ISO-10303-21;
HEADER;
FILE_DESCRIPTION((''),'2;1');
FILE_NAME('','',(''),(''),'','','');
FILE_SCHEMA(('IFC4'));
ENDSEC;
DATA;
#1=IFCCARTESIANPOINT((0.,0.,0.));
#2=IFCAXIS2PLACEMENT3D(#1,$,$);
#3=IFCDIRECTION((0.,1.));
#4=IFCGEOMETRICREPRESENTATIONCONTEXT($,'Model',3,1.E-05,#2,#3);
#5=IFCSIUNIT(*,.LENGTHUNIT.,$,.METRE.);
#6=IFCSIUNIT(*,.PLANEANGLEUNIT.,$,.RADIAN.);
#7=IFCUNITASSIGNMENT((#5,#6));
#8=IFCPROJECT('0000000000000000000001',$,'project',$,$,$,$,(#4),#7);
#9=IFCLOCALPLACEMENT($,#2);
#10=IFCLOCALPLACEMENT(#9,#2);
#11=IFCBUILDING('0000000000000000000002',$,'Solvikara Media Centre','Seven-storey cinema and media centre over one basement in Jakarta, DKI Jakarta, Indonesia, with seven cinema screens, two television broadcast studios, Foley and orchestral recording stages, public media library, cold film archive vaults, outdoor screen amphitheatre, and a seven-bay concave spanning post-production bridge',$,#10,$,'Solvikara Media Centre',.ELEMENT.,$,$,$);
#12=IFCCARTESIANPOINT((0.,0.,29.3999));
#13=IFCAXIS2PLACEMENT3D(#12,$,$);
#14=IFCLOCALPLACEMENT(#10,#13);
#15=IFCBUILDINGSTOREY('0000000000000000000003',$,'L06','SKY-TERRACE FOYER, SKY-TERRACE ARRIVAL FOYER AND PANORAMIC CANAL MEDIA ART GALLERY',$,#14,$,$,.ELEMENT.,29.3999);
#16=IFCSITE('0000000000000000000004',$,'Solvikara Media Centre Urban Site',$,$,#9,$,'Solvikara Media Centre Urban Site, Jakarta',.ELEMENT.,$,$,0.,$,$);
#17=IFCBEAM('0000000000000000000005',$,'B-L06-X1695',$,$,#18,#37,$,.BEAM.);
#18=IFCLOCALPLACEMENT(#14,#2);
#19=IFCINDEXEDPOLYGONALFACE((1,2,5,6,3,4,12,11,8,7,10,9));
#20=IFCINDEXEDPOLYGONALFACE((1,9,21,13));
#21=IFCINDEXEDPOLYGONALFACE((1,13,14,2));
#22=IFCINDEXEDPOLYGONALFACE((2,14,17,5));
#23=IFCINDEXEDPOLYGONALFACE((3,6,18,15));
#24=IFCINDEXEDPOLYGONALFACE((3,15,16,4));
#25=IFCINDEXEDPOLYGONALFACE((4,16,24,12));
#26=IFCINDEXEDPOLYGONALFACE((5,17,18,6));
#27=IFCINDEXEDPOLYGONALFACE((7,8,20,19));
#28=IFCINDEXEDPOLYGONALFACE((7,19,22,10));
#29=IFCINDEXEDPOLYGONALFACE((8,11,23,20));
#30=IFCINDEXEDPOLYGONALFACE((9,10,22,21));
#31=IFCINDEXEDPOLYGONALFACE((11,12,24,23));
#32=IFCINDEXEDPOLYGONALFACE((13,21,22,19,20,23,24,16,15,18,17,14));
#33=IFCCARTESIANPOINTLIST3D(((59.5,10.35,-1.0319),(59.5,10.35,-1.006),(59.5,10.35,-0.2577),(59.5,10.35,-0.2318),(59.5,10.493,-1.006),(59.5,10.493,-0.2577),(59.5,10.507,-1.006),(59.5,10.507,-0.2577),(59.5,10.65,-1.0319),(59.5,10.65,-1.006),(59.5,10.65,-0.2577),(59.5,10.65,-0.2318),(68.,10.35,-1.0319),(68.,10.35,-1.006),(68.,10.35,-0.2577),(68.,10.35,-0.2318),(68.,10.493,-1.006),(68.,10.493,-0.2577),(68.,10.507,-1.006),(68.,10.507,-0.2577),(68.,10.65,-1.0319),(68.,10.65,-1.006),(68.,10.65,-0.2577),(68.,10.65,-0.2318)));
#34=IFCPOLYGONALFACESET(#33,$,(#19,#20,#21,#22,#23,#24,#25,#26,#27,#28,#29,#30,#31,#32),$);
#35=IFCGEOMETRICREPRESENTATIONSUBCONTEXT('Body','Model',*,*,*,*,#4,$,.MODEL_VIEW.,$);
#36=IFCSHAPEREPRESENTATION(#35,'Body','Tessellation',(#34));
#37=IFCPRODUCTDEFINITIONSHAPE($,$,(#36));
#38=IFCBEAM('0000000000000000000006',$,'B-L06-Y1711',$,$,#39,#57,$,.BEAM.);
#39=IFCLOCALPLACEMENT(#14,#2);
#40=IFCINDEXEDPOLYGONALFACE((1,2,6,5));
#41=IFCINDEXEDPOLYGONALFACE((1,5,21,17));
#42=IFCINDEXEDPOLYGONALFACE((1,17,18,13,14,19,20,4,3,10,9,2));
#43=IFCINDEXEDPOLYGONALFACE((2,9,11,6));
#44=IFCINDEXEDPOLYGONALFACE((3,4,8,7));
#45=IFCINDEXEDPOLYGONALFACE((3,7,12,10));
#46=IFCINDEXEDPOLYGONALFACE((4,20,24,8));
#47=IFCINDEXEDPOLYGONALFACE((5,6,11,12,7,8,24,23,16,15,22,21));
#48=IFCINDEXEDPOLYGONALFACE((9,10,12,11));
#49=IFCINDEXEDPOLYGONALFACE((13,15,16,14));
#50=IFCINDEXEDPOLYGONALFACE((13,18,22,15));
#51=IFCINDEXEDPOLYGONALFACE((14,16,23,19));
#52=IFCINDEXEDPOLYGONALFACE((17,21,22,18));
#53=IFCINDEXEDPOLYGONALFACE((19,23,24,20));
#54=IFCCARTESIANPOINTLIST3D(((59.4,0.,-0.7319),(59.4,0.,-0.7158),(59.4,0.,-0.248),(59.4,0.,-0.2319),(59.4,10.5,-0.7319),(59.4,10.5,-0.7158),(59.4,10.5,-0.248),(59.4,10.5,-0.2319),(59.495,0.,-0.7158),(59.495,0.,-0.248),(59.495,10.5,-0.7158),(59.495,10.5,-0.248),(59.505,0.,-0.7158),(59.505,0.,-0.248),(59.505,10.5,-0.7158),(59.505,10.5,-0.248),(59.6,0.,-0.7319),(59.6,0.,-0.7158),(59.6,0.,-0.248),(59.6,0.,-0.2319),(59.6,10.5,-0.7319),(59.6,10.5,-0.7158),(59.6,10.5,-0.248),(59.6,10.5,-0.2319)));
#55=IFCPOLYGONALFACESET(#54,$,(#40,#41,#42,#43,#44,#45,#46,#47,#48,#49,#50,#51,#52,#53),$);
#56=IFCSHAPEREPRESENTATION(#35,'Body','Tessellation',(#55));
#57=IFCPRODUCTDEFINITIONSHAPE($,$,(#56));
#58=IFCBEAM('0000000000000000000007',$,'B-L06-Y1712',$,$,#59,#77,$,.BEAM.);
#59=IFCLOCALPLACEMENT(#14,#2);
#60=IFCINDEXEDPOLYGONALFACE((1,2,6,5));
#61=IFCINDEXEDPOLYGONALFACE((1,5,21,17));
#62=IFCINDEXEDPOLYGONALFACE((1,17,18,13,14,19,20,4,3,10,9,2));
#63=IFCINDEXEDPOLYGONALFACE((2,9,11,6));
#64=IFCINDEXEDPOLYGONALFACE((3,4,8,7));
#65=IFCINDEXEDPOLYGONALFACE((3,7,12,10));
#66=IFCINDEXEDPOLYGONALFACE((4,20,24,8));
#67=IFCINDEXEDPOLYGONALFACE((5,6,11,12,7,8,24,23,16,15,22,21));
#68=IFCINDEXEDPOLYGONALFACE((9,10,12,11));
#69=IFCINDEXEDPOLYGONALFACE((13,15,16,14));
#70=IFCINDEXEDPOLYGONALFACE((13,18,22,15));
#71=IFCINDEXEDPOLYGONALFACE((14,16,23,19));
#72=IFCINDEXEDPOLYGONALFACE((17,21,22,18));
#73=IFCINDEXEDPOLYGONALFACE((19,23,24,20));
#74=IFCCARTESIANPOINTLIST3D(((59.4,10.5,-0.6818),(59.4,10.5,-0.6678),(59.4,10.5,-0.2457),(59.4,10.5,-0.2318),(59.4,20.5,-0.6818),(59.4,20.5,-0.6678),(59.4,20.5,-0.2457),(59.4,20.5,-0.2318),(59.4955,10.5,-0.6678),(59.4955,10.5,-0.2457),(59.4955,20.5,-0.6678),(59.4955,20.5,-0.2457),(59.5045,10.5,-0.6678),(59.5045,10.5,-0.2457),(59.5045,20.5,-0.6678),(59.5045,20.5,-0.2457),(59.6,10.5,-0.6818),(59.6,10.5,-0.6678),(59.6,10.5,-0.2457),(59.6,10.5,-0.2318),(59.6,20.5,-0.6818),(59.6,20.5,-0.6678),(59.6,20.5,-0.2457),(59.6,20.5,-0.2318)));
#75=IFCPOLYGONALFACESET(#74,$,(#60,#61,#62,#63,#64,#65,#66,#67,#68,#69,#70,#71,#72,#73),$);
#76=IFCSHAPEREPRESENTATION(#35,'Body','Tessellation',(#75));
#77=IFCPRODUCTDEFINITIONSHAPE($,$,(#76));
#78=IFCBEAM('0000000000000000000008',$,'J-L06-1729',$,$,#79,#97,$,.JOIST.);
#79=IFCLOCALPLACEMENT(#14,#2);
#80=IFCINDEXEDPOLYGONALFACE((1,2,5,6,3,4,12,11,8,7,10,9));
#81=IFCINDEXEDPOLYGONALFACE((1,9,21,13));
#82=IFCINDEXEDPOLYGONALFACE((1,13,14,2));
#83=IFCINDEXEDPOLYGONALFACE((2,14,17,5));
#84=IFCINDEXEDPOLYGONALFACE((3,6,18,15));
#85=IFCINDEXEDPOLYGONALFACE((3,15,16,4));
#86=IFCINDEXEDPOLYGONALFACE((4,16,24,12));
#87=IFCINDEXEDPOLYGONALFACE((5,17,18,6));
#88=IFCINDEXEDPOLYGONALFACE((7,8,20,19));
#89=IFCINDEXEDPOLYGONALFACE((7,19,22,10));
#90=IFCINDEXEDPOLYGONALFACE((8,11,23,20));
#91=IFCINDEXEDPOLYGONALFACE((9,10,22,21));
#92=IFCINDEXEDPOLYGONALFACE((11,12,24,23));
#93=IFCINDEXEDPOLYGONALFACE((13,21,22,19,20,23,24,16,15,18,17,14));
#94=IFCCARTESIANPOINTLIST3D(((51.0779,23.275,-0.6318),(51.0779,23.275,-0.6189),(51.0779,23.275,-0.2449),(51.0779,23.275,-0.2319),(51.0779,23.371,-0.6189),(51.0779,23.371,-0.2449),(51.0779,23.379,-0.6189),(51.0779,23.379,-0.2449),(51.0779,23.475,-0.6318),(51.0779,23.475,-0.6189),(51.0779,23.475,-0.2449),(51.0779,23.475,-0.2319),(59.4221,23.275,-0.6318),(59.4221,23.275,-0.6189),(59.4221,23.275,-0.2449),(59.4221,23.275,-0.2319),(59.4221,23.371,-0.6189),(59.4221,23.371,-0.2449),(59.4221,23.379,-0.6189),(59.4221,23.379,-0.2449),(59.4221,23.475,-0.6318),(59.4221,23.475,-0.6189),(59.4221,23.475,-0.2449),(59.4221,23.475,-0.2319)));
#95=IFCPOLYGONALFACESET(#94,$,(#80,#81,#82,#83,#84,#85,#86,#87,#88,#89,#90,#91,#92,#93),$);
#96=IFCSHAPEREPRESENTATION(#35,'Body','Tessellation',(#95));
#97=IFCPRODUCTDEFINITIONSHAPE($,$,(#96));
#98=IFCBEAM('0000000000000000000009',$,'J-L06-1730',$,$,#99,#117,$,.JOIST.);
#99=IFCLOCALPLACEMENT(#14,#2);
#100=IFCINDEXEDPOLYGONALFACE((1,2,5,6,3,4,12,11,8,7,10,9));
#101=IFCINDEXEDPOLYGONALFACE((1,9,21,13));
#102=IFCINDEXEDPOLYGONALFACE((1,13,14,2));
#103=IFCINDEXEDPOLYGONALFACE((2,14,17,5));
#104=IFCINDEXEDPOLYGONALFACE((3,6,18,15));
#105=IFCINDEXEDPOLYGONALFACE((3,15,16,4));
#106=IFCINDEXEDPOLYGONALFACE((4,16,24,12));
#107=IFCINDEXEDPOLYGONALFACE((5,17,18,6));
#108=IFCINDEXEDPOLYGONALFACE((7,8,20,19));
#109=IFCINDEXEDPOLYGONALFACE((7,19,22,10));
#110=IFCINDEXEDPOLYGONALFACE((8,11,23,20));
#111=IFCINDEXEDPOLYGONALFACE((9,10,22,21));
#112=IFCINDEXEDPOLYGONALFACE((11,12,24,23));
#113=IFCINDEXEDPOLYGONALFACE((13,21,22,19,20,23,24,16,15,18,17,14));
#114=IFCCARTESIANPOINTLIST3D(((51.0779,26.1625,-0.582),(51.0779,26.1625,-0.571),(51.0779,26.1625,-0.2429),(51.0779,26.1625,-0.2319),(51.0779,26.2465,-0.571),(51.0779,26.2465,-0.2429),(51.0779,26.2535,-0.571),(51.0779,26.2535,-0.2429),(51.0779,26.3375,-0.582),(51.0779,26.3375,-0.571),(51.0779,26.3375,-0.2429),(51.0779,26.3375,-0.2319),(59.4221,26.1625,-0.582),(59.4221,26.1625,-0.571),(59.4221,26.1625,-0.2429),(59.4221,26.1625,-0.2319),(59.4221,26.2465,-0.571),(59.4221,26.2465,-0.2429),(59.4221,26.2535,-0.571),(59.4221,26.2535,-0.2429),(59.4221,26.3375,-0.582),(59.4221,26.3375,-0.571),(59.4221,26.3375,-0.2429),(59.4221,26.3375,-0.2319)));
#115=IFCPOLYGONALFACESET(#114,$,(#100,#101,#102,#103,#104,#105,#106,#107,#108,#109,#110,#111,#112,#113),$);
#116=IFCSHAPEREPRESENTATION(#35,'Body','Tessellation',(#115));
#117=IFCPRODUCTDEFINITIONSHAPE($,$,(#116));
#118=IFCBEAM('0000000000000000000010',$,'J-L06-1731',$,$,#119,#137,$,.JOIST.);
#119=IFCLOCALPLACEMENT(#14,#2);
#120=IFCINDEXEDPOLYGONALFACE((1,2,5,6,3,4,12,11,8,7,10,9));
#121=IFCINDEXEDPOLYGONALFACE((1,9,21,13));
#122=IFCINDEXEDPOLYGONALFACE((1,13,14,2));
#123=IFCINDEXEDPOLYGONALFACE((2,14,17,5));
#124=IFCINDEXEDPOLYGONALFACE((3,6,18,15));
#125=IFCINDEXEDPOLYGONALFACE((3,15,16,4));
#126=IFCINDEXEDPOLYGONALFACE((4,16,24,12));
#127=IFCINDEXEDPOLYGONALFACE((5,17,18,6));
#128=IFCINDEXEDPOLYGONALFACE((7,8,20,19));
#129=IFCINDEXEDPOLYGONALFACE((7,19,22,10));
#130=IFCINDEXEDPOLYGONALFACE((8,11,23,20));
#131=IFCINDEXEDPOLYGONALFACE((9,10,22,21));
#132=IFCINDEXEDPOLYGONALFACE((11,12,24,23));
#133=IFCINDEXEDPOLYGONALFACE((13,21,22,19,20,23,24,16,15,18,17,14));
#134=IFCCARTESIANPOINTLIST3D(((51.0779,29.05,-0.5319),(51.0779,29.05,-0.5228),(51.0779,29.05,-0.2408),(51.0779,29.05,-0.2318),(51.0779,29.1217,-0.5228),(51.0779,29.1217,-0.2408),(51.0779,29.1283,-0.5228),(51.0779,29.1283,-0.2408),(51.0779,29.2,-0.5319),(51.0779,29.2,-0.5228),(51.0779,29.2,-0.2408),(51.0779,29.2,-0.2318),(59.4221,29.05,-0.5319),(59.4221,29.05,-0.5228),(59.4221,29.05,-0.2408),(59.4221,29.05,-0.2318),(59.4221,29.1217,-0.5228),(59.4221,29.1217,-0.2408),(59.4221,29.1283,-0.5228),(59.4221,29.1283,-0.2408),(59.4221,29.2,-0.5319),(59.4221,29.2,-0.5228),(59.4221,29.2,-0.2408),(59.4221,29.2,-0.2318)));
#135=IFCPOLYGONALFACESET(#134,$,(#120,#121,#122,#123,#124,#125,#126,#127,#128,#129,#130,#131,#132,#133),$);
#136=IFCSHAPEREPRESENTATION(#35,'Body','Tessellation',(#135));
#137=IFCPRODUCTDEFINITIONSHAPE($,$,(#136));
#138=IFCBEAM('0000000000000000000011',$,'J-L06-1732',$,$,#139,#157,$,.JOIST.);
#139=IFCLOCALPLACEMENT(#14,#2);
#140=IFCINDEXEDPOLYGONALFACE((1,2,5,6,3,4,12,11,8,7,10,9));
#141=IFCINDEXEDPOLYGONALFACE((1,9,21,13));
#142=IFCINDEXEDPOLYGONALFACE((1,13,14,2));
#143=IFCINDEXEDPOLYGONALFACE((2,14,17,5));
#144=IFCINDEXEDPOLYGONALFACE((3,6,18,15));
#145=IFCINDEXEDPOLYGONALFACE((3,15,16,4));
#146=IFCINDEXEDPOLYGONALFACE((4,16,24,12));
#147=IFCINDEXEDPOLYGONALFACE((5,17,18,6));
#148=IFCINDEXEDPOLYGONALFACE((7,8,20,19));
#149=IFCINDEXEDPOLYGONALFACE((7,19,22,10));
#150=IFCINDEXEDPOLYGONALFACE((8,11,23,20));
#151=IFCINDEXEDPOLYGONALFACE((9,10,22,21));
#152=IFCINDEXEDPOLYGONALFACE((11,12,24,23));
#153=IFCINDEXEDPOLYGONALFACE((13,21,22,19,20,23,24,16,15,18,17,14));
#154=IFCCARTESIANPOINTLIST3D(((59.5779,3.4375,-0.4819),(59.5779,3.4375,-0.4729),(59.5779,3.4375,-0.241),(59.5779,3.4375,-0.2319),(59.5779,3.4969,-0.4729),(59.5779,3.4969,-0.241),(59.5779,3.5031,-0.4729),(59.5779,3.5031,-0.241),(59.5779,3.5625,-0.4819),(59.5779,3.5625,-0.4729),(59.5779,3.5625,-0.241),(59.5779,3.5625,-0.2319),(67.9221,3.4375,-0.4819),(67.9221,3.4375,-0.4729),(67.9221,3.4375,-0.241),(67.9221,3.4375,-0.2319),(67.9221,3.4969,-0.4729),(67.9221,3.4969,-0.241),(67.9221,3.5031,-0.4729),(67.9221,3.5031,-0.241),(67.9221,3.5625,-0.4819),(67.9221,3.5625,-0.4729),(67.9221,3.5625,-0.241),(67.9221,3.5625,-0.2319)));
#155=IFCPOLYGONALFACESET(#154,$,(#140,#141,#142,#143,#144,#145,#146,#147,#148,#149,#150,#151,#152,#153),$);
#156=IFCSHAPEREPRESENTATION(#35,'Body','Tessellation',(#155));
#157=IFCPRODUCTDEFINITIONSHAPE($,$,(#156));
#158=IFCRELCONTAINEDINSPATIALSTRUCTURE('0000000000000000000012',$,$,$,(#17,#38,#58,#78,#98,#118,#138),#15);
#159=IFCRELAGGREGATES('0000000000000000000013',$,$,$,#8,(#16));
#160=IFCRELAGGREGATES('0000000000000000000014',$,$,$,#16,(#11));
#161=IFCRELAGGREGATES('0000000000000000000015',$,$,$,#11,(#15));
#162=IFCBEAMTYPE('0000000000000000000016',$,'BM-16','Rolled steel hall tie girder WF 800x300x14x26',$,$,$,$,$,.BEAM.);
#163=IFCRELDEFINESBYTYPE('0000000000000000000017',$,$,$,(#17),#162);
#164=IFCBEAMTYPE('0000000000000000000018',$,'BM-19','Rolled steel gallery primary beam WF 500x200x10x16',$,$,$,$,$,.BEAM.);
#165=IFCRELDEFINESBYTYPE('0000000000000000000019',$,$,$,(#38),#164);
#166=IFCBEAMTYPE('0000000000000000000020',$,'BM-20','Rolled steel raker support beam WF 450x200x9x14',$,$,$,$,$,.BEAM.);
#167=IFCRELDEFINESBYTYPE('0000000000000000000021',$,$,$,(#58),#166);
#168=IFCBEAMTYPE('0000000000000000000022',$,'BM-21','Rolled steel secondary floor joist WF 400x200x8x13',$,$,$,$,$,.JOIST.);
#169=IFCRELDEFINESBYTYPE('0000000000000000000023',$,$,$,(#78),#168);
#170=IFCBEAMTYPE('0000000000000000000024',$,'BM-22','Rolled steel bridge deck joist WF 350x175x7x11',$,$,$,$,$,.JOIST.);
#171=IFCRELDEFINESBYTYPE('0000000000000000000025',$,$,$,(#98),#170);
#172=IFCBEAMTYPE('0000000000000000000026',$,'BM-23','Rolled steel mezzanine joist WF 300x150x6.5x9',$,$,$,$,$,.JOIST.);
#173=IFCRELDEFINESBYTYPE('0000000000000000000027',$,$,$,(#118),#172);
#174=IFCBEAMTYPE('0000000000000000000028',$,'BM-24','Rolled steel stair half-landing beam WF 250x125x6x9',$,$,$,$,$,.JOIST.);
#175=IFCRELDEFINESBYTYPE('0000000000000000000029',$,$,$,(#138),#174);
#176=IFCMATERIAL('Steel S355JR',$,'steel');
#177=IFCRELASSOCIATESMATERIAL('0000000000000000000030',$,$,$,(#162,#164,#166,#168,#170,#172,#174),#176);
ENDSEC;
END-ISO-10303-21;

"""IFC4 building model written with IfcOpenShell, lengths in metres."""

from ifc_helpers import new_model, si_unit, direction, frame, origin, origin_2d, place, context, subcontext, project, spatial, i_section, extrude, material, material_profile, profile_set, type_object, element, save


model = new_model("IFC4")

# Units and contexts
model_context = context("Model", 3, precision=1e-05, world=origin(), true_north=direction((0.0, 1.0)))
body_context = subcontext(model_context, "Body", "Model", "MODEL_VIEW")
ifc_project = project(units=[si_unit("LENGTHUNIT", "METRE"), si_unit("PLANEANGLEUNIT", "RADIAN")], contexts=[model_context])

# Site, building, storey
site_placement = place(None, origin())
site = spatial("IfcSite", under=ifc_project, at=site_placement, Name="Solvikara Media Centre Urban Site", LongName="Solvikara Media Centre Urban Site, Jakarta", CompositionType="ELEMENT", RefElevation=0.0)
building_placement = place(site_placement, origin())
building = spatial("IfcBuilding", under=site, at=building_placement, Name="Solvikara Media Centre", Description="Seven-storey cinema and media centre over one basement in Jakarta, DKI Jakarta, Indonesia, with seven cinema screens, two television broadcast studios, Foley and orchestral recording stages, public media library, cold film archive vaults, outdoor screen amphitheatre, and a seven-bay concave spanning post-production bridge", LongName="Solvikara Media Centre", CompositionType="ELEMENT")
storey_placement = place(building_placement, frame((0.0, 0.0, 29.3999)))
storey = spatial("IfcBuildingStorey", under=building, at=storey_placement, Name="L06", Description="SKY-TERRACE FOYER, SKY-TERRACE ARRIVAL FOYER AND PANORAMIC CANAL MEDIA ART GALLERY", CompositionType="ELEMENT", Elevation=29.3999)

# Beams
ifc_material_1 = material(Name="Steel S355JR", Category="steel")
ifc_material_profile_1 = material_profile(ifc_material_1, i_section(OverallWidth=0.3, OverallDepth=0.8, WebThickness=0.0139, FlangeThickness=0.0259, at=origin_2d()), Name="WF 800x300x14x26")
ifc_profile_set_1 = profile_set([ifc_material_profile_1], Name="Steel S355JR")
beam_type_1 = type_object("IfcBeamType", Name="BM-16", Description="Rolled steel hall tie girder WF 800x300x14x26", PredefinedType="BEAM", material=ifc_profile_set_1)
beam_1_placement = place(storey_placement, frame((59.5, 10.5, -0.6318), z_axis=(1.0, 0.0, 0.0), x_axis=(0.0, 1.0, 0.0)))
element("IfcBeam", 1, at=beam_1_placement, inside=storey, type_object=beam_type_1, Name="B-L06-X1695", PredefinedType="BEAM", context=body_context, shape_type="SweptSolid", body=[
    extrude(i_section(OverallWidth=0.3, OverallDepth=0.8, WebThickness=0.0139, FlangeThickness=0.0259, at=origin_2d()), origin(), (0.0, 0.0, 1.0), 8.5),
])
ifc_material_profile_2 = material_profile(ifc_material_1, i_section(OverallWidth=0.2, OverallDepth=0.5, WebThickness=0.01, FlangeThickness=0.0161, at=origin_2d()), Name="WF 500x200x10x16")
ifc_profile_set_2 = profile_set([ifc_material_profile_2], Name="Steel S355JR")
beam_type_2 = type_object("IfcBeamType", Name="BM-19", Description="Rolled steel gallery primary beam WF 500x200x10x16", PredefinedType="BEAM", material=ifc_profile_set_2)
beam_2_placement = place(storey_placement, frame((59.5, 0.0, -0.4819), z_axis=(0.0, 1.0, 0.0), x_axis=(-1.0, 0.0, 0.0)))
element("IfcBeam", 2, at=beam_2_placement, inside=storey, type_object=beam_type_2, Name="B-L06-Y1711", PredefinedType="BEAM", context=body_context, shape_type="SweptSolid", body=[
    extrude(i_section(OverallWidth=0.2, OverallDepth=0.5, WebThickness=0.01, FlangeThickness=0.0161, at=origin_2d()), origin(), (0.0, 0.0, 1.0), 10.5),
])
ifc_material_profile_3 = material_profile(ifc_material_1, i_section(OverallWidth=0.2, OverallDepth=0.45, WebThickness=0.009, FlangeThickness=0.0139, at=origin_2d()), Name="WF 450x200x9x14")
ifc_profile_set_3 = profile_set([ifc_material_profile_3], Name="Steel S355JR")
beam_type_3 = type_object("IfcBeamType", Name="BM-20", Description="Rolled steel raker support beam WF 450x200x9x14", PredefinedType="BEAM", material=ifc_profile_set_3)
beam_3_placement = place(storey_placement, frame((59.5, 10.5, -0.4568), z_axis=(0.0, 1.0, 0.0), x_axis=(-1.0, 0.0, 0.0)))
element("IfcBeam", 3, at=beam_3_placement, inside=storey, type_object=beam_type_3, Name="B-L06-Y1712", PredefinedType="BEAM", context=body_context, shape_type="SweptSolid", body=[
    extrude(i_section(OverallWidth=0.2, OverallDepth=0.45, WebThickness=0.009, FlangeThickness=0.0139, at=origin_2d()), origin(), (0.0, 0.0, 1.0), 10.0),
])
ifc_material_profile_4 = material_profile(ifc_material_1, i_section(OverallWidth=0.2, OverallDepth=0.3999, WebThickness=0.0081, FlangeThickness=0.0129, at=origin_2d()), Name="WF 400x200x8x13")
ifc_profile_set_4 = profile_set([ifc_material_profile_4], Name="Steel S355JR")
beam_type_4 = type_object("IfcBeamType", Name="BM-21", Description="Rolled steel secondary floor joist WF 400x200x8x13", PredefinedType="JOIST", material=ifc_profile_set_4)
beam_4_placement = place(storey_placement, frame((51.0779, 23.375, -0.4319), z_axis=(1.0, 0.0, 0.0), x_axis=(0.0, 1.0, 0.0)))
element("IfcBeam", 4, at=beam_4_placement, inside=storey, type_object=beam_type_4, Name="J-L06-1729", PredefinedType="JOIST", context=body_context, shape_type="SweptSolid", body=[
    extrude(i_section(OverallWidth=0.2, OverallDepth=0.3999, WebThickness=0.0081, FlangeThickness=0.0129, at=origin_2d()), origin(), (0.0, 0.0, 1.0), 8.3442),
])
ifc_material_profile_5 = material_profile(ifc_material_1, i_section(OverallWidth=0.175, OverallDepth=0.3501, WebThickness=0.0071, FlangeThickness=0.011, at=origin_2d()), Name="WF 350x175x7x11")
ifc_profile_set_5 = profile_set([ifc_material_profile_5], Name="Steel S355JR")
beam_type_5 = type_object("IfcBeamType", Name="BM-22", Description="Rolled steel bridge deck joist WF 350x175x7x11", PredefinedType="JOIST", material=ifc_profile_set_5)
beam_5_placement = place(storey_placement, frame((51.0779, 26.25, -0.407), z_axis=(1.0, 0.0, 0.0), x_axis=(0.0, 1.0, 0.0)))
element("IfcBeam", 5, at=beam_5_placement, inside=storey, type_object=beam_type_5, Name="J-L06-1730", PredefinedType="JOIST", context=body_context, shape_type="SweptSolid", body=[
    extrude(i_section(OverallWidth=0.175, OverallDepth=0.3501, WebThickness=0.0071, FlangeThickness=0.011, at=origin_2d()), origin(), (0.0, 0.0, 1.0), 8.3442),
])
ifc_material_profile_6 = material_profile(ifc_material_1, i_section(OverallWidth=0.1499, OverallDepth=0.3, WebThickness=0.0066, FlangeThickness=0.009, at=origin_2d()), Name="WF 300x150x6.5x9")
ifc_profile_set_6 = profile_set([ifc_material_profile_6], Name="Steel S355JR")
beam_type_6 = type_object("IfcBeamType", Name="BM-23", Description="Rolled steel mezzanine joist WF 300x150x6.5x9", PredefinedType="JOIST", material=ifc_profile_set_6)
beam_6_placement = place(storey_placement, frame((51.0779, 29.125, -0.3818), z_axis=(1.0, 0.0, 0.0), x_axis=(0.0, 1.0, 0.0)))
element("IfcBeam", 6, at=beam_6_placement, inside=storey, type_object=beam_type_6, Name="J-L06-1731", PredefinedType="JOIST", context=body_context, shape_type="SweptSolid", body=[
    extrude(i_section(OverallWidth=0.1499, OverallDepth=0.3, WebThickness=0.0066, FlangeThickness=0.009, at=origin_2d()), origin(), (0.0, 0.0, 1.0), 8.3442),
])
ifc_material_profile_7 = material_profile(ifc_material_1, i_section(OverallWidth=0.125, OverallDepth=0.25, WebThickness=0.0061, FlangeThickness=0.009, at=origin_2d()), Name="WF 250x125x6x9")
ifc_profile_set_7 = profile_set([ifc_material_profile_7], Name="Steel S355JR")
beam_type_7 = type_object("IfcBeamType", Name="BM-24", Description="Rolled steel stair half-landing beam WF 250x125x6x9", PredefinedType="JOIST", material=ifc_profile_set_7)
beam_7_placement = place(storey_placement, frame((59.5779, 3.5, -0.3569), z_axis=(1.0, 0.0, 0.0), x_axis=(0.0, 1.0, 0.0)))
element("IfcBeam", 7, at=beam_7_placement, inside=storey, type_object=beam_type_7, Name="J-L06-1732", PredefinedType="JOIST", context=body_context, shape_type="SweptSolid", body=[
    extrude(i_section(OverallWidth=0.125, OverallDepth=0.25, WebThickness=0.0061, FlangeThickness=0.009, at=origin_2d()), origin(), (0.0, 0.0, 1.0), 8.3442),
])

save(model, "model.ifc")
